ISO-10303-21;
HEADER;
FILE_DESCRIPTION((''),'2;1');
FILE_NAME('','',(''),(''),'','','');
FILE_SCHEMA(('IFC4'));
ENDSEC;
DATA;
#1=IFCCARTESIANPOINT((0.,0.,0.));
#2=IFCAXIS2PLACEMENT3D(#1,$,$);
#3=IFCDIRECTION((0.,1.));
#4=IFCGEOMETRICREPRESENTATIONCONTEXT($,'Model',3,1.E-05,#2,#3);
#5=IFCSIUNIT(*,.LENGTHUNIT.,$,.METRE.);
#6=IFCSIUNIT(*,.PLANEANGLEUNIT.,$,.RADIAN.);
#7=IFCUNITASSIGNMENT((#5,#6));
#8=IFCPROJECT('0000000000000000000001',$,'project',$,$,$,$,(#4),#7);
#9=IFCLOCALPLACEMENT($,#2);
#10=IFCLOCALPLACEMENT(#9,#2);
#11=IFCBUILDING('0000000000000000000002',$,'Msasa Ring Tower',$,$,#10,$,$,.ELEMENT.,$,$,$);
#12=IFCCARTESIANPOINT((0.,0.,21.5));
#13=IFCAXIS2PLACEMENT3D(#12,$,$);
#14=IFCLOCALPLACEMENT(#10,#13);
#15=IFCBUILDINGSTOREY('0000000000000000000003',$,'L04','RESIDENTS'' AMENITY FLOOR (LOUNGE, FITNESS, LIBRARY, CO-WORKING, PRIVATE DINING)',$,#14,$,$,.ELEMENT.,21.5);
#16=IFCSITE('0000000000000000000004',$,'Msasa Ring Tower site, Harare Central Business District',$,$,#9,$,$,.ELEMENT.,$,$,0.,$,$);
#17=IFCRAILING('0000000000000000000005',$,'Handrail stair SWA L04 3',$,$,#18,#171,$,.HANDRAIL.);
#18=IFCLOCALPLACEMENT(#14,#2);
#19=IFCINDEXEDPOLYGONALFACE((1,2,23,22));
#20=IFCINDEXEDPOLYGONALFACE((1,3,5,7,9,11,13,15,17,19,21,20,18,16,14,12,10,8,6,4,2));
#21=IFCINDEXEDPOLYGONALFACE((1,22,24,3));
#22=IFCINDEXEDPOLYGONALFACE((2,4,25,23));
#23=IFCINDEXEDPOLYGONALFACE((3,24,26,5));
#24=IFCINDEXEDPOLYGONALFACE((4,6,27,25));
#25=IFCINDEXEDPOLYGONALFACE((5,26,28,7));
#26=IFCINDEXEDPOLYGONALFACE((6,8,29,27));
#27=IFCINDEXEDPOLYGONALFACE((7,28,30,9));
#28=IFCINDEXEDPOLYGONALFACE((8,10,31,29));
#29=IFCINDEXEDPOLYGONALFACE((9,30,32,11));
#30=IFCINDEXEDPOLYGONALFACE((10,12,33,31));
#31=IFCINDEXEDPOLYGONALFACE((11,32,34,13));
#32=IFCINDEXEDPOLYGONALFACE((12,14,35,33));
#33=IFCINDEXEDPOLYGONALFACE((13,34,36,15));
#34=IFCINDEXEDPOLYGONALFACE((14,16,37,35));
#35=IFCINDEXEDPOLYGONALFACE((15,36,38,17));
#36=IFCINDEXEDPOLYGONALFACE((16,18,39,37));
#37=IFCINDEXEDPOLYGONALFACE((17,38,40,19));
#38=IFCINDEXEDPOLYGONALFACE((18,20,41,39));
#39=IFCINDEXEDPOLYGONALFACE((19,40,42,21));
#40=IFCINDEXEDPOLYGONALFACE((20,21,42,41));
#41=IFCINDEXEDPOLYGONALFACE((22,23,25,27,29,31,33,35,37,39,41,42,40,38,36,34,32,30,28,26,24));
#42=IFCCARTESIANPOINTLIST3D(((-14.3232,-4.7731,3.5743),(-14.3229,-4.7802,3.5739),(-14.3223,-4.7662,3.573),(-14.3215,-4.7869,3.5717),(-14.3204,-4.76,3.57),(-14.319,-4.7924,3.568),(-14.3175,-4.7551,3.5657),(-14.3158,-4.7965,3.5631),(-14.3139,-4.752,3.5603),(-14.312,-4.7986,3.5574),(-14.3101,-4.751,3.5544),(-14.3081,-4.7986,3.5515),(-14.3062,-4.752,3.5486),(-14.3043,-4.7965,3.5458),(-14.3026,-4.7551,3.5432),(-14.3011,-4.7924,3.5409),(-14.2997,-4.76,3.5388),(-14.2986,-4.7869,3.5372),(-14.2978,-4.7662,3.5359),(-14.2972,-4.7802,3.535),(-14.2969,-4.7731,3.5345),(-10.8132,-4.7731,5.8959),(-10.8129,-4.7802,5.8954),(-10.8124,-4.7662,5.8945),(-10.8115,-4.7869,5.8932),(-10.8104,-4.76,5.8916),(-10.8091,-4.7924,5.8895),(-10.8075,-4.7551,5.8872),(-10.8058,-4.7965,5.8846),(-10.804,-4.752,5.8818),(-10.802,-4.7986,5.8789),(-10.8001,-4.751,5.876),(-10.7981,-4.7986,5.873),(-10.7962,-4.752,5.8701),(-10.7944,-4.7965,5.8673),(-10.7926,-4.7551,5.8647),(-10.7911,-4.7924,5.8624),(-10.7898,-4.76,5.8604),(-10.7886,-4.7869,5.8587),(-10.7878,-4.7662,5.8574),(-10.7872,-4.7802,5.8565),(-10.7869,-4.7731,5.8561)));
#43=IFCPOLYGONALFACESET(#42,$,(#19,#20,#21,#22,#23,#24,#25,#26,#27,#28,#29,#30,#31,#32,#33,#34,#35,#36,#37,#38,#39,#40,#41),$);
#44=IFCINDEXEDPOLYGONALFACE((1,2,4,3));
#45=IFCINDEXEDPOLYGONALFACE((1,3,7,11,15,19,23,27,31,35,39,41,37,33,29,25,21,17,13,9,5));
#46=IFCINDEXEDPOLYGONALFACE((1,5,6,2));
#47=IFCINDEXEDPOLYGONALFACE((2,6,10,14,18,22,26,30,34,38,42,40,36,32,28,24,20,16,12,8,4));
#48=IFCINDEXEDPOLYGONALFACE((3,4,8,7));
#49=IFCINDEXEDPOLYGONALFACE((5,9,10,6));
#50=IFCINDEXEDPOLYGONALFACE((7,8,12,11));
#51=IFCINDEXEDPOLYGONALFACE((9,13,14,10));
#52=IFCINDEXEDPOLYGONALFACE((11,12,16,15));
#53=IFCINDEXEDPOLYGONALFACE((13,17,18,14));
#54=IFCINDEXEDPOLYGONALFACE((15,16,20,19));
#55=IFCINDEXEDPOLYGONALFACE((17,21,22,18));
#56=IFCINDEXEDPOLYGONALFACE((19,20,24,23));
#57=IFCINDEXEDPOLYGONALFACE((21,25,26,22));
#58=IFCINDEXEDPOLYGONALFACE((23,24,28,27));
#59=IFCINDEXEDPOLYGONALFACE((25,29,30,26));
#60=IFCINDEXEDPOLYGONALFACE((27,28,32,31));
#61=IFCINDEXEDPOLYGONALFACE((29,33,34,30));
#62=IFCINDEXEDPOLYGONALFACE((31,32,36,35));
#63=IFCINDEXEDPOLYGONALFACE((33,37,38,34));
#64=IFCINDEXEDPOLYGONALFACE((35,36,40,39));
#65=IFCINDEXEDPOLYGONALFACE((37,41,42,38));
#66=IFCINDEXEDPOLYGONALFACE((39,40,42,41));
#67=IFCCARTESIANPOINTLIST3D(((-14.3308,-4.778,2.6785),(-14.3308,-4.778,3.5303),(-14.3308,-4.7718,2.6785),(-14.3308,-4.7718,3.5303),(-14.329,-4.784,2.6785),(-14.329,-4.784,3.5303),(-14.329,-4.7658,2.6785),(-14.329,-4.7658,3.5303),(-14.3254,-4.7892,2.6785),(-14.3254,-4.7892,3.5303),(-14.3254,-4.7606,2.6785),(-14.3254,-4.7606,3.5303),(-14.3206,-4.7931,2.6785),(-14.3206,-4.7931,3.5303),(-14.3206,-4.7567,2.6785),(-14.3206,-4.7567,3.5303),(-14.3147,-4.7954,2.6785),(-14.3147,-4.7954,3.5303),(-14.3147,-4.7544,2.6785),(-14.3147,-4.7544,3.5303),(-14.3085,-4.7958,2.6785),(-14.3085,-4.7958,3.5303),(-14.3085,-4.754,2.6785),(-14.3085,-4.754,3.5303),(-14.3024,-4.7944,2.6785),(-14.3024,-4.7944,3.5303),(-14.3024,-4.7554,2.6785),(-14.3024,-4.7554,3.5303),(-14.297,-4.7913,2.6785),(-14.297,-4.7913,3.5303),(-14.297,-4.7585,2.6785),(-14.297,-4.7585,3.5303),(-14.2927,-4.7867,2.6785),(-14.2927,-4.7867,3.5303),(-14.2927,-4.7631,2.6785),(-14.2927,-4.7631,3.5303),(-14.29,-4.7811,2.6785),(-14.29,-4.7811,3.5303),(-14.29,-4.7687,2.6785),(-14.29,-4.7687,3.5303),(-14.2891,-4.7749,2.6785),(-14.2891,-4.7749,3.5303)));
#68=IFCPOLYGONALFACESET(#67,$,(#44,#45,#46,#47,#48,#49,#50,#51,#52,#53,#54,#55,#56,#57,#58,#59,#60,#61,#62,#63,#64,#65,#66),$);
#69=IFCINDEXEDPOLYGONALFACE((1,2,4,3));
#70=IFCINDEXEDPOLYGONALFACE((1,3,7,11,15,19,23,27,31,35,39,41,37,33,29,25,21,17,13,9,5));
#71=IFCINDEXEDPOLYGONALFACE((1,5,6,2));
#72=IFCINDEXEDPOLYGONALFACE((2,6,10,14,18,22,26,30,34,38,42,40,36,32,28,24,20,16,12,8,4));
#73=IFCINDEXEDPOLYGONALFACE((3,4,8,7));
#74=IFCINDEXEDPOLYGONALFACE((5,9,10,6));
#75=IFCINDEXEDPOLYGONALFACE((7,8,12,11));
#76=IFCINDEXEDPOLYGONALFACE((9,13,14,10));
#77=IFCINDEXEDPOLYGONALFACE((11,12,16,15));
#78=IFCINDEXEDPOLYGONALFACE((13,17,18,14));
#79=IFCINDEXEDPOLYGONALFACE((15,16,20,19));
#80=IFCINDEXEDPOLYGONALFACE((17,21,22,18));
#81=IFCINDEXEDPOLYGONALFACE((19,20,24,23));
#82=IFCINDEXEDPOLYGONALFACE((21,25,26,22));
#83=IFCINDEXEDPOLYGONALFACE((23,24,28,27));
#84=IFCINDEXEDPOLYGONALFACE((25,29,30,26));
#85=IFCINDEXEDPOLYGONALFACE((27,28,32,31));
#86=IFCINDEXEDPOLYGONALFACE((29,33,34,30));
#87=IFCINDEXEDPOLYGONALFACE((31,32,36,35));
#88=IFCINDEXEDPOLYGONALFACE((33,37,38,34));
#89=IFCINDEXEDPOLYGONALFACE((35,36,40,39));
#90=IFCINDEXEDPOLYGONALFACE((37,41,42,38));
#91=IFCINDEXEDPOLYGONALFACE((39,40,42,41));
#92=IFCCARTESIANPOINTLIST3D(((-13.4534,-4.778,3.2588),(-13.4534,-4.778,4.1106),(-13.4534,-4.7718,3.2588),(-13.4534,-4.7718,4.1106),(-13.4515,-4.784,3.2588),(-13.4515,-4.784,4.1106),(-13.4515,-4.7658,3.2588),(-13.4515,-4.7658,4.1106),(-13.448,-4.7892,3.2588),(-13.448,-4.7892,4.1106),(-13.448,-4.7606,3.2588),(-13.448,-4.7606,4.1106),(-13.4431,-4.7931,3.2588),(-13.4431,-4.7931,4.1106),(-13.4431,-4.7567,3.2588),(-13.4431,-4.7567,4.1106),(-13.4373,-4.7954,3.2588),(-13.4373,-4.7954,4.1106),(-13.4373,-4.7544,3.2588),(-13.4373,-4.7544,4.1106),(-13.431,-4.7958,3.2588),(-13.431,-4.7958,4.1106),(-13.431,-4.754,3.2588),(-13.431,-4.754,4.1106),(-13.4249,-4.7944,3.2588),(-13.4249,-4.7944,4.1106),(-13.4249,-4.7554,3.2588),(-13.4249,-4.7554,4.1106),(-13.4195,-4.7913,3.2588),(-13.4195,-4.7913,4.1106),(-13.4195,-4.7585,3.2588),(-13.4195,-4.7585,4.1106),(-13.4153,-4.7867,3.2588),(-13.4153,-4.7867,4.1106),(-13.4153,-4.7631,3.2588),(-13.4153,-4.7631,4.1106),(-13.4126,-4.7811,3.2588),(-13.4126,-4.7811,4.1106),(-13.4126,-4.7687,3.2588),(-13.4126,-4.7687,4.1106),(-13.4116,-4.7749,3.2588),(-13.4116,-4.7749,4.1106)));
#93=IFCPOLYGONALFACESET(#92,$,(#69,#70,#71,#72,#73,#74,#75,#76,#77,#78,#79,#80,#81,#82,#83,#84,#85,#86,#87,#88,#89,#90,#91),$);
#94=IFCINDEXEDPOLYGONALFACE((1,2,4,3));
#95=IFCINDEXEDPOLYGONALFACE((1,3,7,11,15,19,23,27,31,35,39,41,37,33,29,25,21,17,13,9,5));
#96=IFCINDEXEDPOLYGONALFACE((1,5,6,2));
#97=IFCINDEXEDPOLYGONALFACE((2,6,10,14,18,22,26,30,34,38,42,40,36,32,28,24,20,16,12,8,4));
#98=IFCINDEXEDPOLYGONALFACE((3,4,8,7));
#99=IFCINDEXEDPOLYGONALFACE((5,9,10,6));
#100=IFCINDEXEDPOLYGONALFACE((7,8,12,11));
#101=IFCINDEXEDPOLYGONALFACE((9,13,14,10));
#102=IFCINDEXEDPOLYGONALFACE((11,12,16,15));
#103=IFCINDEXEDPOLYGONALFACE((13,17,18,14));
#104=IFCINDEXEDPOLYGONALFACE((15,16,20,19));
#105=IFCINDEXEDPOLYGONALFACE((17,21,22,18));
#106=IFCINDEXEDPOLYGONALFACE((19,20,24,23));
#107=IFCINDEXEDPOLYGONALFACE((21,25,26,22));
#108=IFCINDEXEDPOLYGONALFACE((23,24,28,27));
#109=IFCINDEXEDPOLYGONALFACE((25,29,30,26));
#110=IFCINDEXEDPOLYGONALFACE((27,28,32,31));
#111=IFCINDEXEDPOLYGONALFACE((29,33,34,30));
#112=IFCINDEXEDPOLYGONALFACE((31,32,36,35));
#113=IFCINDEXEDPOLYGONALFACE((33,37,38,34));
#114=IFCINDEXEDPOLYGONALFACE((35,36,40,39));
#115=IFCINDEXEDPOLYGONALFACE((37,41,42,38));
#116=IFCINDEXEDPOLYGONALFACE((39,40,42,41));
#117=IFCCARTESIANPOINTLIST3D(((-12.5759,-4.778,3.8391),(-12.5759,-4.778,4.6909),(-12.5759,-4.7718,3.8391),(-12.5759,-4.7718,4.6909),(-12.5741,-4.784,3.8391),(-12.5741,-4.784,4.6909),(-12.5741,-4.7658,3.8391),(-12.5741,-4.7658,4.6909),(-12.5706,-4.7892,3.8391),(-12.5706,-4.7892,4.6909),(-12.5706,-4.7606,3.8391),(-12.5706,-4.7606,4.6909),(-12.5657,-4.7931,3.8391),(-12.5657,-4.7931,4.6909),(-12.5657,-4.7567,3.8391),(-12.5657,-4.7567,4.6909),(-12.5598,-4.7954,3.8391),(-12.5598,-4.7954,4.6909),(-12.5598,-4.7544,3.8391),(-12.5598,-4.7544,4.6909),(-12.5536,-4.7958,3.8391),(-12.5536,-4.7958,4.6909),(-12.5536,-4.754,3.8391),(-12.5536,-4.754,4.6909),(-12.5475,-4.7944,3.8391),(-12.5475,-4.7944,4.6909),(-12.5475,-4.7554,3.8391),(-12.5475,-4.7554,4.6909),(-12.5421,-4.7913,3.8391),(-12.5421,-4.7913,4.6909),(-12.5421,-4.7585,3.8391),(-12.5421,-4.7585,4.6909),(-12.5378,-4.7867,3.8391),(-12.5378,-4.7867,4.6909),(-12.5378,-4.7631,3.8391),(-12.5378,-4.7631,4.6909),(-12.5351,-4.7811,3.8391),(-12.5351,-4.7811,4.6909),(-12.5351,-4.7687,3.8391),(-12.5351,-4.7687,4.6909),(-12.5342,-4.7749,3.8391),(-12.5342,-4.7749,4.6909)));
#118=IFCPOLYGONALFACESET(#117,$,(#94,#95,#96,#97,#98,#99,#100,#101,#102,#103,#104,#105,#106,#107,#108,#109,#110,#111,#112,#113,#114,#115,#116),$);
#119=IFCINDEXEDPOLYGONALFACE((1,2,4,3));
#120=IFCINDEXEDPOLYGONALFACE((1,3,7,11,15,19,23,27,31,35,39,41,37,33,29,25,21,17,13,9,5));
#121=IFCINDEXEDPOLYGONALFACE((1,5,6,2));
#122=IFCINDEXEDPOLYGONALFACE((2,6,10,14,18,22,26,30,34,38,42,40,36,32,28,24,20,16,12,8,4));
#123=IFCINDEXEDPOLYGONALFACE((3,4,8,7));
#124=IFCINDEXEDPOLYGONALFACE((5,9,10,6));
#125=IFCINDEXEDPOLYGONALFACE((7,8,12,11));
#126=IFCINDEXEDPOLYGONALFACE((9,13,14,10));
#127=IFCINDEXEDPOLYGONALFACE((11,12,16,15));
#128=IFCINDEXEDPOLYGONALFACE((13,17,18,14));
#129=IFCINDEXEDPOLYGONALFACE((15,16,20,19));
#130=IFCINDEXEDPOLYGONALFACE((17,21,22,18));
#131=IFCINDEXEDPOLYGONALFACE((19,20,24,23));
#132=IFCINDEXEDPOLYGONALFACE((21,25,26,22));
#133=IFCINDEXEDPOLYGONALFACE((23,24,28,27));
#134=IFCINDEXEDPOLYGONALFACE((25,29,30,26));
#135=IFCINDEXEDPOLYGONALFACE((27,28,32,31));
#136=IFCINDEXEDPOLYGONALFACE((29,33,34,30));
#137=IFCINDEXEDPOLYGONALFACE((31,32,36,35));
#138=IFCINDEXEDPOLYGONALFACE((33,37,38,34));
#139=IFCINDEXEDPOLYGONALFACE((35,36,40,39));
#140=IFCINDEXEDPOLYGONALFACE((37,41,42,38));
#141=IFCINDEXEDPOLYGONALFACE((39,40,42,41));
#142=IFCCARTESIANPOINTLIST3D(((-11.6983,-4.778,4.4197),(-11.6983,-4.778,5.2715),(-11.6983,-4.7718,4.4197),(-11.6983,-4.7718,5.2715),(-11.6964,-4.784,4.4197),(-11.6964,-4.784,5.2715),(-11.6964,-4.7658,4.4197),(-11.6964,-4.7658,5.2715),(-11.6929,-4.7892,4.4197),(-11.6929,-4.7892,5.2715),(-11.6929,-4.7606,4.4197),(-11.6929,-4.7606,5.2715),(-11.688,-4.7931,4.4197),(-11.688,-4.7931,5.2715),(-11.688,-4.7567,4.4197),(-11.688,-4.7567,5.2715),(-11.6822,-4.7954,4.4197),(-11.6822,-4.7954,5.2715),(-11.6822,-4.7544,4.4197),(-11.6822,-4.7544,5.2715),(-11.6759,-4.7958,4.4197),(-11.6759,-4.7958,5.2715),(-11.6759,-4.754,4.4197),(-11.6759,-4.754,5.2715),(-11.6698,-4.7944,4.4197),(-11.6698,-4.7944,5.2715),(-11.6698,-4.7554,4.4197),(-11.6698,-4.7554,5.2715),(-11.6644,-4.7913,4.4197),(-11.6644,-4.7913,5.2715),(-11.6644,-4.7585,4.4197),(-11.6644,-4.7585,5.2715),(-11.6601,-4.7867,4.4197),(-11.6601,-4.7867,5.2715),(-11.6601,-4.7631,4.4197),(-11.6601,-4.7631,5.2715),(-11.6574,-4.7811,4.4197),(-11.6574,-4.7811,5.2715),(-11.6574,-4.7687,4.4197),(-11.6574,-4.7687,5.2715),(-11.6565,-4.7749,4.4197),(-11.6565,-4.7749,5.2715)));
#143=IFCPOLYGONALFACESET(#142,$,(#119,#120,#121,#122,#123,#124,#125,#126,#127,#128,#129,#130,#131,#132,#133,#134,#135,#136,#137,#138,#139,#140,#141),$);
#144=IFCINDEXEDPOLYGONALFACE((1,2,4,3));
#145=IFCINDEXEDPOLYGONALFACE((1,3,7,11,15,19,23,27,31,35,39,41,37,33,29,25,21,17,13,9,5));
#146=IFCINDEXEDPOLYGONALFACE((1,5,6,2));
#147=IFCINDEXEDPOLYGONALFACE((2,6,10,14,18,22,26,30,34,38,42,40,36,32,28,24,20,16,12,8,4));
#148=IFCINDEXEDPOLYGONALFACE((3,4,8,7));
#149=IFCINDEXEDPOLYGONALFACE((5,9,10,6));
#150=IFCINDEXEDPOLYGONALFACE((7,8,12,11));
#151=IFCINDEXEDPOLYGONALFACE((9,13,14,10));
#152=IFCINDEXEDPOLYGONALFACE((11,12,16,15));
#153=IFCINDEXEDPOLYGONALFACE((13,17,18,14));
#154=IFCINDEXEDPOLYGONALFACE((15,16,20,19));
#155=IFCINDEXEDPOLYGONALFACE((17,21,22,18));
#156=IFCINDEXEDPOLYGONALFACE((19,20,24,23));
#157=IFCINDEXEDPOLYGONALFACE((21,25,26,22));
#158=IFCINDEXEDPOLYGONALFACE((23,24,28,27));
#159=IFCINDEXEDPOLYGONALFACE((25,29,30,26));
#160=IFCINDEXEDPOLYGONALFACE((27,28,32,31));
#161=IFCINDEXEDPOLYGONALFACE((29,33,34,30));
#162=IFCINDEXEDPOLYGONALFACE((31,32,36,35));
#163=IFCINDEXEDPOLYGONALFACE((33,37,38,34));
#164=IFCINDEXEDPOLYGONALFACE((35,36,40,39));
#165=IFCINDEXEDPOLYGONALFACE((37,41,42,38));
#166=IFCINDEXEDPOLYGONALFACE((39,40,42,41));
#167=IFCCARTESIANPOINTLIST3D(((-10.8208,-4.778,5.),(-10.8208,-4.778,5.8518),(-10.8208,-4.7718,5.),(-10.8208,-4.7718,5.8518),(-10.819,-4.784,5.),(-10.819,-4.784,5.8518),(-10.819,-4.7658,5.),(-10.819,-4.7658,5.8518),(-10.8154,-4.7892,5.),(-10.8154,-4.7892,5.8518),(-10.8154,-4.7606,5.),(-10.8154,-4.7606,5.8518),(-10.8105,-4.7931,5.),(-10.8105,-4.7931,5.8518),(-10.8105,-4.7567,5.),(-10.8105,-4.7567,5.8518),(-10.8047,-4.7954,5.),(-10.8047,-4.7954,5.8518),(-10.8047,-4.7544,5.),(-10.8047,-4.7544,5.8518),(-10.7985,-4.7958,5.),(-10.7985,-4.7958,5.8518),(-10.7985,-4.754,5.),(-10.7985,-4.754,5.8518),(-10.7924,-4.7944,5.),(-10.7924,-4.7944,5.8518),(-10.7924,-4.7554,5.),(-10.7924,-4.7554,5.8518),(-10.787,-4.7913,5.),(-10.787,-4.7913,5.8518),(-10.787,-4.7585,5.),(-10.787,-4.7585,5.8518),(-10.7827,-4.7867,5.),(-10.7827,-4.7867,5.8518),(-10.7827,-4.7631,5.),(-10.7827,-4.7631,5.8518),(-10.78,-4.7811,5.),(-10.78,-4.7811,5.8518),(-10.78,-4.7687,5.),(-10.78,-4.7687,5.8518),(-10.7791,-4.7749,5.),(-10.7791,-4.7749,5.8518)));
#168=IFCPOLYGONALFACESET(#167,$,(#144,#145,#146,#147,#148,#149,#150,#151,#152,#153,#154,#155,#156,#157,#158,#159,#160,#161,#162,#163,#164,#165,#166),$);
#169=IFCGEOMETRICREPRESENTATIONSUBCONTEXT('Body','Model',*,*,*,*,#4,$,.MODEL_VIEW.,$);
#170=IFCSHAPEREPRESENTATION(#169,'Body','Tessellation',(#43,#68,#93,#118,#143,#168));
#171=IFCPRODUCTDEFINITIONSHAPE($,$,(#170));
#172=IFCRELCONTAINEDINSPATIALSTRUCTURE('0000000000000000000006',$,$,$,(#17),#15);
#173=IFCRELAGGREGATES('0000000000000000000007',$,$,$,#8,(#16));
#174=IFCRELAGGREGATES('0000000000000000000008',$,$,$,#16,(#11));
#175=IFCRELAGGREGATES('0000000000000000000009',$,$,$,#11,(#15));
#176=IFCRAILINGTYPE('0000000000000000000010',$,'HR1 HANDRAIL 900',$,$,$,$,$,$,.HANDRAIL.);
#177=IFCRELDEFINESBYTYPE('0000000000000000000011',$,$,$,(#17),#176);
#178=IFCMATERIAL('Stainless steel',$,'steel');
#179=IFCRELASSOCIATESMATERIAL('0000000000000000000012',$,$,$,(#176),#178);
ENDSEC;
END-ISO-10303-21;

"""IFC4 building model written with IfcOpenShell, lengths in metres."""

from ifc_helpers import new_model, si_unit, direction, frame, origin, origin_2d, place, context, subcontext, project, spatial, circle, extrude, material, type_object, element, save


model = new_model("IFC4")

# Units and contexts
model_context = context("Model", 3, precision=1e-05, world=origin(), true_north=direction((0.0, 1.0)))
body_context = subcontext(model_context, "Body", "Model", "MODEL_VIEW")
ifc_project = project(units=[si_unit("LENGTHUNIT", "METRE"), si_unit("PLANEANGLEUNIT", "RADIAN")], contexts=[model_context])

# Site, building, storey
site_placement = place(None, origin())
site = spatial("IfcSite", under=ifc_project, at=site_placement, Name="Msasa Ring Tower site, Harare Central Business District", CompositionType="ELEMENT", RefElevation=0.0)
building_placement = place(site_placement, origin())
building = spatial("IfcBuilding", under=site, at=building_placement, Name="Msasa Ring Tower", CompositionType="ELEMENT")
storey_placement = place(building_placement, frame((0.0, 0.0, 21.5)))
storey = spatial("IfcBuildingStorey", under=building, at=storey_placement, Name="L04", Description="RESIDENTS' AMENITY FLOOR (LOUNGE, FITNESS, LIBRARY, CO-WORKING, PRIVATE DINING)", CompositionType="ELEMENT", Elevation=21.5)

# Railing
ifc_material_1 = material(Name="Stainless steel", Category="steel")
railing_type = type_object("IfcRailingType", Name="HR1 HANDRAIL 900", PredefinedType="HANDRAIL", material=ifc_material_1)
for number, where, name in (
    (1, (-14.3101, -4.7749, 2.6785), "Handrail stair SWA L04 3"),
):
    element("IfcRailing", number, at=place(storey_placement, frame(where)), inside=storey, type_object=railing_type, Name=name, PredefinedType="HANDRAIL", context=body_context, shape_type="SweptSolid", body=[
        extrude(circle(Radius=0.0239, at=origin_2d()), frame((0.0, 0.0, 0.876), z_axis=(0.834071, 0.0, 0.551657), x_axis=(0.0, 1.0, 0.0)), (0.0, 0.0, 1.0), 4.2083),
        extrude(circle(Radius=0.021, at=origin_2d()), origin(), (0.0, 0.0, 1.0), 0.8518),
        extrude(circle(Radius=0.021, at=origin_2d()), frame((0.8774, 0.0, 0.5803)), (0.0, 0.0, 1.0), 0.8518),
        extrude(circle(Radius=0.021, at=origin_2d()), frame((1.7549, 0.0, 1.1606)), (0.0, 0.0, 1.0), 0.8518),
        extrude(circle(Radius=0.021, at=origin_2d()), frame((2.6326, 0.0, 1.7412)), (0.0, 0.0, 1.0), 0.8518),
        extrude(circle(Radius=0.021, at=origin_2d()), frame((3.51, 0.0, 2.3215)), (0.0, 0.0, 1.0), 0.8518),
    ])

save(model, "model.ifc")
